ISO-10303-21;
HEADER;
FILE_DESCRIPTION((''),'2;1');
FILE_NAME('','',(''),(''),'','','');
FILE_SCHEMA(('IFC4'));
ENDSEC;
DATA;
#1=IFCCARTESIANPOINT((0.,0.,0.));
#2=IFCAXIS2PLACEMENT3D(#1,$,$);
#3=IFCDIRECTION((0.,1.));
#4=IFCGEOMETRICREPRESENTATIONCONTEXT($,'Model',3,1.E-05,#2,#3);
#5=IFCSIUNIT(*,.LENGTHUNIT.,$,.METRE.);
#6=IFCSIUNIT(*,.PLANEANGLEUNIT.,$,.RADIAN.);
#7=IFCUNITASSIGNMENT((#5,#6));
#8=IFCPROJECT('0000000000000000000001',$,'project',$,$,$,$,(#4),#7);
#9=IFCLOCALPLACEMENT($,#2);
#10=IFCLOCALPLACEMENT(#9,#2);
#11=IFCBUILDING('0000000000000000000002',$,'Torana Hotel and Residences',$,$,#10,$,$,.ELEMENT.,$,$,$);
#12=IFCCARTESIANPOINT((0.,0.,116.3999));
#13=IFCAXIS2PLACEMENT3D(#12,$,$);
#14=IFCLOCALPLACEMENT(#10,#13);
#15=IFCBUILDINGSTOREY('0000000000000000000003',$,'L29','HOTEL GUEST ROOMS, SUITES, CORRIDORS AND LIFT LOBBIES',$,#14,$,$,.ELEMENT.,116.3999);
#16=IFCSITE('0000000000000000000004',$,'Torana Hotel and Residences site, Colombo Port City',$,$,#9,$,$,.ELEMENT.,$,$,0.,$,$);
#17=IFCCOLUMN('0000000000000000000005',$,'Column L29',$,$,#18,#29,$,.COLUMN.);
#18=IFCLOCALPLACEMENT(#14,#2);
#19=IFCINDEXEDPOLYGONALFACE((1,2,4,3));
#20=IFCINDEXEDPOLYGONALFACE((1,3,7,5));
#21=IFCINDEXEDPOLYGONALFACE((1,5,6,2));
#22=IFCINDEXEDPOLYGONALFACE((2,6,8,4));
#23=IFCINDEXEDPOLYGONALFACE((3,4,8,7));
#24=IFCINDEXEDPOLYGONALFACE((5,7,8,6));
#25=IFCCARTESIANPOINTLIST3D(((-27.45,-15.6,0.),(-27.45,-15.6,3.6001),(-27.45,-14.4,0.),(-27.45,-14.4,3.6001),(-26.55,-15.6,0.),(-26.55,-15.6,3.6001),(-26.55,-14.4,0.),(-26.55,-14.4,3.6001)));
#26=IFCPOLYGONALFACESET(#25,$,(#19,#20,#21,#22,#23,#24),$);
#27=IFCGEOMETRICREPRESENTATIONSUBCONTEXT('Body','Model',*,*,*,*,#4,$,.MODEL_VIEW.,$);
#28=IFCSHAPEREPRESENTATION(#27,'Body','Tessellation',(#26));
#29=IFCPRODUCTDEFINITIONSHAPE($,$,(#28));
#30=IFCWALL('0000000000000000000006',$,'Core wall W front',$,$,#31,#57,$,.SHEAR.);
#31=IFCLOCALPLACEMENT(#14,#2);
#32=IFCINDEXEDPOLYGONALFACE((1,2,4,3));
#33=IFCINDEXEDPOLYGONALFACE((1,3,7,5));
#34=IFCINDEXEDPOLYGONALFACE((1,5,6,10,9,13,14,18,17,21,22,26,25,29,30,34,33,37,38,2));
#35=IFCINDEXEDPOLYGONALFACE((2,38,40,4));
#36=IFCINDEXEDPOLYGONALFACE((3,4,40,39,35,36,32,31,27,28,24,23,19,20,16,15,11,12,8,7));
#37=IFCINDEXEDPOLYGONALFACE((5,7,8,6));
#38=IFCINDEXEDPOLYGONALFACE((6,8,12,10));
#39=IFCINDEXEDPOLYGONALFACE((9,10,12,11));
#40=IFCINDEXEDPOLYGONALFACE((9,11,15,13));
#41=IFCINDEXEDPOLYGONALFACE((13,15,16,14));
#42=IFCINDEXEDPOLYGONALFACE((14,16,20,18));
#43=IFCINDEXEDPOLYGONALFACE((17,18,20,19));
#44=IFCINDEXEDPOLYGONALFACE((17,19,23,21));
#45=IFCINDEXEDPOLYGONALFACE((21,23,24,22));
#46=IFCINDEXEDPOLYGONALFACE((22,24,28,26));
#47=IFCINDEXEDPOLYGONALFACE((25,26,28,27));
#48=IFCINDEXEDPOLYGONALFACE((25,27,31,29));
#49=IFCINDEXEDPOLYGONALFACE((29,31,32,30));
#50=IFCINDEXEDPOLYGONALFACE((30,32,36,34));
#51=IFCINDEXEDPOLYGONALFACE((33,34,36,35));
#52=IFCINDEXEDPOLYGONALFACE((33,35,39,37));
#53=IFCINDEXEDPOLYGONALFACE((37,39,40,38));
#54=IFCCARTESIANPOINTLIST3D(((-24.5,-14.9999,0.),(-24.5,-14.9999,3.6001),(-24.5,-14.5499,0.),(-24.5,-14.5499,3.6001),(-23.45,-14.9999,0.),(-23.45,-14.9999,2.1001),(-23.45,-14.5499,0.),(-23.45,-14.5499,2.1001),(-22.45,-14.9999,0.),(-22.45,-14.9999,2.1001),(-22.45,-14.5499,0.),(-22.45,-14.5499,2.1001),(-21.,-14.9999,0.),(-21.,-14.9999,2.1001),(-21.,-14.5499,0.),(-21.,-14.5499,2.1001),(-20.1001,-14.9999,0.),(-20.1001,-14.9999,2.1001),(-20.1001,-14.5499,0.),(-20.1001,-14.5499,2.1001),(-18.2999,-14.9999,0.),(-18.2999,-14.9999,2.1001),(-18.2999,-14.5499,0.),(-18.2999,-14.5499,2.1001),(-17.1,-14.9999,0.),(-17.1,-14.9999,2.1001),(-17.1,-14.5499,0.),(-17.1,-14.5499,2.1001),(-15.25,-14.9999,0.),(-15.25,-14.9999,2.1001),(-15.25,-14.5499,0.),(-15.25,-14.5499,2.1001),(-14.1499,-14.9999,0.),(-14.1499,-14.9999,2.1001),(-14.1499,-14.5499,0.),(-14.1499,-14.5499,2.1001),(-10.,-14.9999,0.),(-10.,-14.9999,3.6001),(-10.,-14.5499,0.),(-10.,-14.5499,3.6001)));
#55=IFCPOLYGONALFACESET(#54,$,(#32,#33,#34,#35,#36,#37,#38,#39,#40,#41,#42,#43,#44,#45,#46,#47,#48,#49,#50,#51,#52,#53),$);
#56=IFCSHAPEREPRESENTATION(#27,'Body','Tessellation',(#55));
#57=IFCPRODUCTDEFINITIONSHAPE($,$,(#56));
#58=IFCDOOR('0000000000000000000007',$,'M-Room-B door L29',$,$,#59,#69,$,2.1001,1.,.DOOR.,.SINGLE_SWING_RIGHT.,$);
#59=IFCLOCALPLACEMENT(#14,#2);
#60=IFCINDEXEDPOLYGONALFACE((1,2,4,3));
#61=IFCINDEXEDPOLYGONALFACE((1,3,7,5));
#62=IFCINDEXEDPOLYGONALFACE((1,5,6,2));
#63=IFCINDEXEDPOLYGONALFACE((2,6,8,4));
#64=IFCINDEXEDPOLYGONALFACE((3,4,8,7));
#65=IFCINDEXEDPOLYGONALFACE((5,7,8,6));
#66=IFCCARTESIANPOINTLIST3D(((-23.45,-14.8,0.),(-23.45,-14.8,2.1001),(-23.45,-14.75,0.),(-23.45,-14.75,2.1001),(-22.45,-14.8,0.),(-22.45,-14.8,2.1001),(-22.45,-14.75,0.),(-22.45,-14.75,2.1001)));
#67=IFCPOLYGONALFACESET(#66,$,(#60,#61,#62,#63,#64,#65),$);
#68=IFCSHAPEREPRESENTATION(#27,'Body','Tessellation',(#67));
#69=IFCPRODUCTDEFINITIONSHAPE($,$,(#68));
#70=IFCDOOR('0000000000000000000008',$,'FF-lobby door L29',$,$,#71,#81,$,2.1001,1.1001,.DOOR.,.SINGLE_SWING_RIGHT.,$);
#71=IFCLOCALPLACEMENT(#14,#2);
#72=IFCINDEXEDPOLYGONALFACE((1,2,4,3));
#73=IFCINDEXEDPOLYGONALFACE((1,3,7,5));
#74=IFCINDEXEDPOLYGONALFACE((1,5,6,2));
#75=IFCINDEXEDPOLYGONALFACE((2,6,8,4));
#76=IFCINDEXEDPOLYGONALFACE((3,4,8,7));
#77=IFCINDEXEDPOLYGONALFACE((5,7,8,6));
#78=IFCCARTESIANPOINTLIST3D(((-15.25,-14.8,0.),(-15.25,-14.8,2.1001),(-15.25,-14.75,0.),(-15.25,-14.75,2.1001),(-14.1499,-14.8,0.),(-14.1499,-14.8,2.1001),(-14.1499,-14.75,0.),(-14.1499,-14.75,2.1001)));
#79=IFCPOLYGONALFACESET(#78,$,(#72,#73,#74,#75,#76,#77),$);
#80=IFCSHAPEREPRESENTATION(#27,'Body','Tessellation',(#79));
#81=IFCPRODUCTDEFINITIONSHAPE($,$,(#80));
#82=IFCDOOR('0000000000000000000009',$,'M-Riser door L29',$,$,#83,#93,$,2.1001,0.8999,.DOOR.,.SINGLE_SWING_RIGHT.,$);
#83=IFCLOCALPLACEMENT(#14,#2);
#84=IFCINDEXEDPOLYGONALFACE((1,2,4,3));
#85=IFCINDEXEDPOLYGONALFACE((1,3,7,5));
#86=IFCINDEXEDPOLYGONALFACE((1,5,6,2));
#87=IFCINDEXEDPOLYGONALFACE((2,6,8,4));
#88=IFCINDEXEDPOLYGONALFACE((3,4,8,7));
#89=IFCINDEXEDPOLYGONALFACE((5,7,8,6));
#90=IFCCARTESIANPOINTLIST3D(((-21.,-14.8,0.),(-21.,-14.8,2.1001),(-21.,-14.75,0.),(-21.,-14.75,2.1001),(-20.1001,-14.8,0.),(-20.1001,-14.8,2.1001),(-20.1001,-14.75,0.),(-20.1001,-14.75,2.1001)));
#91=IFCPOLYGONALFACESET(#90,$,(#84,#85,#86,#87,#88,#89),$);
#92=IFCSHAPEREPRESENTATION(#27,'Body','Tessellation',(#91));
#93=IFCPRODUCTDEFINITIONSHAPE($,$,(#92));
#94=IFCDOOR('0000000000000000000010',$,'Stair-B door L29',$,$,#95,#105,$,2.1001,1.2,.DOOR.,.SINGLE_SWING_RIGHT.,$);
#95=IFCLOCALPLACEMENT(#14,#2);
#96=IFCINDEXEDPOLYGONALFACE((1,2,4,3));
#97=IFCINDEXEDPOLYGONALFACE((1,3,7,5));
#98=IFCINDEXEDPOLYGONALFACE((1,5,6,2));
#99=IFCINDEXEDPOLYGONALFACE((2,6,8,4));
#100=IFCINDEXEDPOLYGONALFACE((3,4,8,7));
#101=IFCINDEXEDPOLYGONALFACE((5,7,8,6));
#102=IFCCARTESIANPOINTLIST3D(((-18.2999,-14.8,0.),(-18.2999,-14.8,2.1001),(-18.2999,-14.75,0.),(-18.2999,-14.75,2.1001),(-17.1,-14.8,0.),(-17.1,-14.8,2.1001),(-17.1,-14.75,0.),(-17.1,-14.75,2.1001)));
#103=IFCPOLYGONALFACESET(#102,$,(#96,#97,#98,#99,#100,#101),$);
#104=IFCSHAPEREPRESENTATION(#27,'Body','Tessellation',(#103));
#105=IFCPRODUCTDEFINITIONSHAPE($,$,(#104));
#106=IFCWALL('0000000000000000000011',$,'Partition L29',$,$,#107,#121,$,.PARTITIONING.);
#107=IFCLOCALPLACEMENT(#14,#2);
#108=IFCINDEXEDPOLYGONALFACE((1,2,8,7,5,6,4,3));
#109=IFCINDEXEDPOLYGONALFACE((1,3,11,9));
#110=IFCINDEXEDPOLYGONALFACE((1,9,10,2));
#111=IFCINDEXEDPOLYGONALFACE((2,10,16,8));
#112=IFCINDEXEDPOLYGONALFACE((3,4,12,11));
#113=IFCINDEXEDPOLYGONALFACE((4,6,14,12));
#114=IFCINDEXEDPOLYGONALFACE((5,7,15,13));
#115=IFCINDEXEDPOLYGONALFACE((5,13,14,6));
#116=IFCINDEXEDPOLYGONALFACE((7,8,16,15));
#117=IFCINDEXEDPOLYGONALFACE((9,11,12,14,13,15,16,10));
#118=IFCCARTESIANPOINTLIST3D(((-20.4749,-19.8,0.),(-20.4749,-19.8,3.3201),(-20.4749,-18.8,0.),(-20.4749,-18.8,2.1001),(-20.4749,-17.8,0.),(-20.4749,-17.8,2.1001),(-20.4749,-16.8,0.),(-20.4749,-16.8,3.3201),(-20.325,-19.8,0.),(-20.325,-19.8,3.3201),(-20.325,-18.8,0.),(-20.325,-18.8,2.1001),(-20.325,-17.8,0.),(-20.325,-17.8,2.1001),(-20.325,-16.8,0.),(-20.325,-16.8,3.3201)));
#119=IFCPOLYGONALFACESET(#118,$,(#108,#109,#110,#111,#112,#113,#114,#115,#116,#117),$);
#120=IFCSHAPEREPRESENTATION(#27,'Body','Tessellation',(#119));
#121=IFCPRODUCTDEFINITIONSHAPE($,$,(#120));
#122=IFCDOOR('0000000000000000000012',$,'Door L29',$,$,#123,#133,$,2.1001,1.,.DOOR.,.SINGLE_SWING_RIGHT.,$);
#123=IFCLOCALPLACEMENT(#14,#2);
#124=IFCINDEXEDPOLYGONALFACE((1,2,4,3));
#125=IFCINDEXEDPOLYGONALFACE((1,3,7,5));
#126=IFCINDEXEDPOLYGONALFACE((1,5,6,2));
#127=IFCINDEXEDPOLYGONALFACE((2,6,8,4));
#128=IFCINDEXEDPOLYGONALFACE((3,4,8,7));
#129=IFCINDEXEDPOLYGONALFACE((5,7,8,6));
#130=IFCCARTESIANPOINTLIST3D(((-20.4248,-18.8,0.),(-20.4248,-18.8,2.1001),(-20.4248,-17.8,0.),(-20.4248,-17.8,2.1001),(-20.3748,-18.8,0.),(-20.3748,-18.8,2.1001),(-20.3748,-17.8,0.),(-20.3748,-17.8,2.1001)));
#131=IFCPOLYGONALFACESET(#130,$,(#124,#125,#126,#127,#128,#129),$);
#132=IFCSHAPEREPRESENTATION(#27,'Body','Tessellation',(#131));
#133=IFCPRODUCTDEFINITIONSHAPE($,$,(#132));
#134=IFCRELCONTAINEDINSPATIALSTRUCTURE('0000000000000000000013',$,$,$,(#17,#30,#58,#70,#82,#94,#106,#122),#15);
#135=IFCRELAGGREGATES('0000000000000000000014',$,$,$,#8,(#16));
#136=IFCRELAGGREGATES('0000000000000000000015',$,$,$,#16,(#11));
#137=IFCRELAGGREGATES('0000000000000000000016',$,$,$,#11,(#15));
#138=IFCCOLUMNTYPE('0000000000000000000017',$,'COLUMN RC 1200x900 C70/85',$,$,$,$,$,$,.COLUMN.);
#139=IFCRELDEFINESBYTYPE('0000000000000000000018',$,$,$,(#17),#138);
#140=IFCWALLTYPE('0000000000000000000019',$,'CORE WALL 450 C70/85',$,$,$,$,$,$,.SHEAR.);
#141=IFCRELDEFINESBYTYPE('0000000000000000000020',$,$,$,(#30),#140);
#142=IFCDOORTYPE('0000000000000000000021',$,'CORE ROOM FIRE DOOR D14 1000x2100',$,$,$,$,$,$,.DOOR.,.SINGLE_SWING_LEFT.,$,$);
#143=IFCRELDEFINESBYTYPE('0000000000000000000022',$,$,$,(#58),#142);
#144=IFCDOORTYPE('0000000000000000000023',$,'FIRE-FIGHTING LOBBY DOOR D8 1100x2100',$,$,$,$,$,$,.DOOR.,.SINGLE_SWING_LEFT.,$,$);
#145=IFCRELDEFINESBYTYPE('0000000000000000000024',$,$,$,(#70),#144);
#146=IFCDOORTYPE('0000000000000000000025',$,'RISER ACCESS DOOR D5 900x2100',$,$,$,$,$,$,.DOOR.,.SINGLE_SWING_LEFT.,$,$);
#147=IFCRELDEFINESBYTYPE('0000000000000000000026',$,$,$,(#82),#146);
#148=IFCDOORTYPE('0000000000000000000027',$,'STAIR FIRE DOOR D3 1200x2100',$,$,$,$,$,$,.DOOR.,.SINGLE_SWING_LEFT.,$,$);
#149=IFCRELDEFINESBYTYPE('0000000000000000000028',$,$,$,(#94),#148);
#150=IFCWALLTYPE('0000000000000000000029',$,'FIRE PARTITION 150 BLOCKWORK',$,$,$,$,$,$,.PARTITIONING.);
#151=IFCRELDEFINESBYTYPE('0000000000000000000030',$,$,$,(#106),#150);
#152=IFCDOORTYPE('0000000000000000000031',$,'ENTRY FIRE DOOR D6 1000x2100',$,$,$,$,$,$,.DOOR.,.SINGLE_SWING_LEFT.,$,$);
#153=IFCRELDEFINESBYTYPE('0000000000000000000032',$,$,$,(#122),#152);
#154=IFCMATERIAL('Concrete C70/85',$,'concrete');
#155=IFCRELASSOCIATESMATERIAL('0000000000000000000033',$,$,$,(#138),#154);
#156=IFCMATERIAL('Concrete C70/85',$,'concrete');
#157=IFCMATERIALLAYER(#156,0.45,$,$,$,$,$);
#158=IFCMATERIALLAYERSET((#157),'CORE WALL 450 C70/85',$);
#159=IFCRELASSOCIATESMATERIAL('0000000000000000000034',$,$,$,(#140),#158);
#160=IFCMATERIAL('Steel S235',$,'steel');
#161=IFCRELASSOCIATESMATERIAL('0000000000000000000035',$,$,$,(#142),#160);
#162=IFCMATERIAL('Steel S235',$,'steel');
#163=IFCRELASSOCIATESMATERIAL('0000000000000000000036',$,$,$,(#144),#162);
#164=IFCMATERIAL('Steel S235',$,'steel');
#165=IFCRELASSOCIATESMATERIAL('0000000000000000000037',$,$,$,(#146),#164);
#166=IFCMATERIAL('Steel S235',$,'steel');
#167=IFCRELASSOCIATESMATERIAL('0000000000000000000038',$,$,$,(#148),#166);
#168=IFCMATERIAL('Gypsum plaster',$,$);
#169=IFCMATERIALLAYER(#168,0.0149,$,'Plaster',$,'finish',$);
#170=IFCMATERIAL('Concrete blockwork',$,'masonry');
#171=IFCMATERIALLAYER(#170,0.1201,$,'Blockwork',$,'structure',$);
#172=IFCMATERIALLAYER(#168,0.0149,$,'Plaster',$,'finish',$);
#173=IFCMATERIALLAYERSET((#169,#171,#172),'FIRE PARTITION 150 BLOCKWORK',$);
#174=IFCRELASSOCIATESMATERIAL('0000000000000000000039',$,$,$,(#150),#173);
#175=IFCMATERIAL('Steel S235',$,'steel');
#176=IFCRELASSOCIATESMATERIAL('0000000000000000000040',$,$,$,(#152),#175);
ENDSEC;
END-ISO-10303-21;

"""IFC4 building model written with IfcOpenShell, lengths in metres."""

from ifc_helpers import new_model, si_unit, direction, frame, frame_2d, origin, origin_2d, place, context, subcontext, project, spatial, rectangle, extrude, material, layer, layer_set, material_profile, profile_set, type_object, element, fill, save


model = new_model("IFC4")

# Units and contexts
model_context = context("Model", 3, precision=1e-05, world=origin(), true_north=direction((0.0, 1.0)))
body_context = subcontext(model_context, "Body", "Model", "MODEL_VIEW")
ifc_project = project(units=[si_unit("LENGTHUNIT", "METRE"), si_unit("PLANEANGLEUNIT", "RADIAN")], contexts=[model_context])

# Site, building, storey
site_placement = place(None, origin())
site = spatial("IfcSite", under=ifc_project, at=site_placement, Name="Torana Hotel and Residences site, Colombo Port City", CompositionType="ELEMENT", RefElevation=0.0)
building_placement = place(site_placement, origin())
building = spatial("IfcBuilding", under=site, at=building_placement, Name="Torana Hotel and Residences", CompositionType="ELEMENT")
storey_placement = place(building_placement, frame((0.0, 0.0, 116.3999)))
storey = spatial("IfcBuildingStorey", under=building, at=storey_placement, Name="L29", Description="HOTEL GUEST ROOMS, SUITES, CORRIDORS AND LIFT LOBBIES", CompositionType="ELEMENT", Elevation=116.3999)

# Column
ifc_material_1 = material(Name="Concrete C70/85", Category="concrete")
ifc_material_profile = material_profile(ifc_material_1, rectangle(XDim=1.2, YDim=0.8999, at=origin_2d()), Name="RC 1200x900")
ifc_profile_set = profile_set([ifc_material_profile], Name="Concrete C70/85")
column_type = type_object("IfcColumnType", Name="COLUMN RC 1200x900 C70/85", PredefinedType="COLUMN", material=ifc_profile_set)
column_placement = place(storey_placement, frame((-27.0, -15.0, 0.0), z_axis=(0.0, 0.0, 1.0), x_axis=(0.0, 1.0, 0.0)))
element("IfcColumn", 1, at=column_placement, inside=storey, type_object=column_type, Name="Column L29", PredefinedType="COLUMN", context=body_context, shape_type="SweptSolid", body=[
    extrude(rectangle(XDim=1.2, YDim=0.8999, at=origin_2d()), origin(), (0.0, 0.0, 1.0), 3.6001),
])

# Wall, openings, doors
ifc_material_2 = material(Name="Concrete C70/85", Category="concrete")
ifc_layer_1 = layer(ifc_material_2, 0.45)
ifc_layer_set_1 = layer_set([ifc_layer_1], Name="CORE WALL 450 C70/85")
wall_type_1 = type_object("IfcWallType", Name="CORE WALL 450 C70/85", PredefinedType="SHEAR", material=ifc_layer_set_1)
wall_1_placement = place(storey_placement, frame((-24.5, -14.7749, 0.0), z_axis=(0.0, 0.0, 1.0), x_axis=(1.0, 0.0, 0.0)))
wall_1 = element("IfcWall", 2, at=wall_1_placement, inside=storey, type_object=wall_type_1, Name="Core wall W front", PredefinedType="SHEAR", context=body_context, shape_type="SweptSolid", body=[
    extrude(rectangle(XDim=14.5, YDim=0.45, at=frame_2d((7.25, 0.0))), origin(), (0.0, 0.0, 1.0), 3.6001),
])
opening_1_placement = place(wall_1_placement, frame((6.2, 0.0, 0.0)))
opening_1 = element("IfcOpeningElement", 3, at=opening_1_placement, cuts=wall_1, PredefinedType="OPENING", context=body_context, shape_type="SweptSolid", body=[
    extrude(rectangle(XDim=1.2, YDim=2.1001, at=frame_2d((0.6001, 1.05))), frame((0.0, 0.2349, 0.0), z_axis=(0.0, -1.0, 0.0), x_axis=(1.0, 0.0, 0.0)), (0.0, 0.0, 1.0), 0.47),
])
opening_2_placement = place(wall_1_placement, frame((9.25, 0.0, 0.0)))
opening_2 = element("IfcOpeningElement", 4, at=opening_2_placement, cuts=wall_1, PredefinedType="OPENING", context=body_context, shape_type="SweptSolid", body=[
    extrude(rectangle(XDim=1.1001, YDim=2.1001, at=frame_2d((0.55, 1.05))), frame((0.0, 0.2349, 0.0), z_axis=(0.0, -1.0, 0.0), x_axis=(1.0, 0.0, 0.0)), (0.0, 0.0, 1.0), 0.47),
])
opening_3_placement = place(wall_1_placement, frame((3.5, 0.0, 0.0)))
opening_3 = element("IfcOpeningElement", 5, at=opening_3_placement, cuts=wall_1, PredefinedType="OPENING", context=body_context, shape_type="SweptSolid", body=[
    extrude(rectangle(XDim=0.8999, YDim=2.1001, at=frame_2d((0.45, 1.05))), frame((0.0, 0.2349, 0.0), z_axis=(0.0, -1.0, 0.0), x_axis=(1.0, 0.0, 0.0)), (0.0, 0.0, 1.0), 0.47),
])
opening_4_placement = place(wall_1_placement, frame((1.05, 0.0, 0.0)))
opening_4 = element("IfcOpeningElement", 6, at=opening_4_placement, cuts=wall_1, PredefinedType="OPENING", context=body_context, shape_type="SweptSolid", body=[
    extrude(rectangle(XDim=1.0, YDim=2.1001, at=frame_2d((0.5, 1.05))), frame((0.0, 0.2349, 0.0), z_axis=(0.0, -1.0, 0.0), x_axis=(1.0, 0.0, 0.0)), (0.0, 0.0, 1.0), 0.47),
])
ifc_material_3 = material(Name="Steel S235", Category="steel")
door_type_1 = type_object("IfcDoorType", Name="CORE ROOM FIRE DOOR D14 1000x2100", OperationType="SINGLE_SWING_LEFT", PredefinedType="DOOR", material=ifc_material_3)
door_1_placement = place(opening_4_placement, origin())
door_1 = element("IfcDoor", 7, at=door_1_placement, inside=storey, type_object=door_type_1, Name="M-Room-B door L29", OperationType="SINGLE_SWING_RIGHT", OverallHeight=2.1001, OverallWidth=1.0, PredefinedType="DOOR", context=body_context, shape_type="SweptSolid", body=[
    extrude(rectangle(XDim=1.0, YDim=2.1001, at=frame_2d((0.5, 1.05))), frame((0.0, 0.0249, 0.0), z_axis=(0.0, -1.0, 0.0), x_axis=(1.0, 0.0, 0.0)), (0.0, 0.0, 1.0), 0.05),
])
fill(opening_4, door_1)
ifc_material_4 = material(Name="Steel S235", Category="steel")
door_type_2 = type_object("IfcDoorType", Name="FIRE-FIGHTING LOBBY DOOR D8 1100x2100", OperationType="SINGLE_SWING_LEFT", PredefinedType="DOOR", material=ifc_material_4)
door_2_placement = place(opening_2_placement, origin())
door_2 = element("IfcDoor", 8, at=door_2_placement, inside=storey, type_object=door_type_2, Name="FF-lobby door L29", OperationType="SINGLE_SWING_RIGHT", OverallHeight=2.1001, OverallWidth=1.1001, PredefinedType="DOOR", context=body_context, shape_type="SweptSolid", body=[
    extrude(rectangle(XDim=1.1001, YDim=2.1001, at=frame_2d((0.55, 1.05))), frame((0.0, 0.0249, 0.0), z_axis=(0.0, -1.0, 0.0), x_axis=(1.0, 0.0, 0.0)), (0.0, 0.0, 1.0), 0.05),
])
fill(opening_2, door_2)
ifc_material_5 = material(Name="Steel S235", Category="steel")
door_type_3 = type_object("IfcDoorType", Name="RISER ACCESS DOOR D5 900x2100", OperationType="SINGLE_SWING_LEFT", PredefinedType="DOOR", material=ifc_material_5)
door_3_placement = place(opening_3_placement, origin())
door_3 = element("IfcDoor", 9, at=door_3_placement, inside=storey, type_object=door_type_3, Name="M-Riser door L29", OperationType="SINGLE_SWING_RIGHT", OverallHeight=2.1001, OverallWidth=0.8999, PredefinedType="DOOR", context=body_context, shape_type="SweptSolid", body=[
    extrude(rectangle(XDim=0.8999, YDim=2.1001, at=frame_2d((0.45, 1.05))), frame((0.0, 0.0249, 0.0), z_axis=(0.0, -1.0, 0.0), x_axis=(1.0, 0.0, 0.0)), (0.0, 0.0, 1.0), 0.05),
])
fill(opening_3, door_3)
ifc_material_6 = material(Name="Steel S235", Category="steel")
door_type_4 = type_object("IfcDoorType", Name="STAIR FIRE DOOR D3 1200x2100", OperationType="SINGLE_SWING_LEFT", PredefinedType="DOOR", material=ifc_material_6)
door_4_placement = place(opening_1_placement, origin())
door_4 = element("IfcDoor", 10, at=door_4_placement, inside=storey, type_object=door_type_4, Name="Stair-B door L29", OperationType="SINGLE_SWING_RIGHT", OverallHeight=2.1001, OverallWidth=1.2, PredefinedType="DOOR", context=body_context, shape_type="SweptSolid", body=[
    extrude(rectangle(XDim=1.2, YDim=2.1001, at=frame_2d((0.6001, 1.05))), frame((0.0, 0.0249, 0.0), z_axis=(0.0, -1.0, 0.0), x_axis=(1.0, 0.0, 0.0)), (0.0, 0.0, 1.0), 0.05),
])
fill(opening_1, door_4)

# Wall, opening, door
ifc_material_7 = material(Name="Gypsum plaster")
ifc_layer_2 = layer(ifc_material_7, 0.0149, Name="Plaster", Category="finish")
ifc_material_8 = material(Name="Concrete blockwork", Category="masonry")
ifc_layer_3 = layer(ifc_material_8, 0.1201, Name="Blockwork", Category="structure")
ifc_layer_4 = layer(ifc_material_7, 0.0149, Name="Plaster", Category="finish")
ifc_layer_set_2 = layer_set([ifc_layer_2, ifc_layer_3, ifc_layer_4], Name="FIRE PARTITION 150 BLOCKWORK")
wall_type_2 = type_object("IfcWallType", Name="FIRE PARTITION 150 BLOCKWORK", PredefinedType="PARTITIONING", material=ifc_layer_set_2)
wall_2_placement = place(storey_placement, frame((-20.3999, -19.8, 0.0), z_axis=(0.0, 0.0, 1.0), x_axis=(0.0, 1.0, 0.0)))
wall_2 = element("IfcWall", 11, at=wall_2_placement, inside=storey, type_object=wall_type_2, Name="Partition L29", PredefinedType="PARTITIONING", context=body_context, shape_type="SweptSolid", body=[
    extrude(rectangle(XDim=3.0, YDim=0.1499, at=frame_2d((1.5, 0.0))), origin(), (0.0, 0.0, 1.0), 3.3201),
])
opening_5_placement = place(wall_2_placement, frame((1.0, 0.0, 0.0)))
opening_5 = element("IfcOpeningElement", 12, at=opening_5_placement, cuts=wall_2, PredefinedType="OPENING", context=body_context, shape_type="SweptSolid", body=[
    extrude(rectangle(XDim=1.0, YDim=2.1001, at=frame_2d((0.5, 1.05))), frame((0.0, 0.085, 0.0), z_axis=(0.0, -1.0, 0.0), x_axis=(1.0, 0.0, 0.0)), (0.0, 0.0, 1.0), 0.1699),
])
ifc_material_9 = material(Name="Steel S235", Category="steel")
door_type_5 = type_object("IfcDoorType", Name="ENTRY FIRE DOOR D6 1000x2100", OperationType="SINGLE_SWING_LEFT", PredefinedType="DOOR", material=ifc_material_9)
door_5_placement = place(opening_5_placement, origin())
door_5 = element("IfcDoor", 13, at=door_5_placement, inside=storey, type_object=door_type_5, Name="Door L29", OperationType="SINGLE_SWING_RIGHT", OverallHeight=2.1001, OverallWidth=1.0, PredefinedType="DOOR", context=body_context, shape_type="SweptSolid", body=[
    extrude(rectangle(XDim=1.0, YDim=2.1001, at=frame_2d((0.5, 1.05))), frame((0.0, 0.0249, 0.0), z_axis=(0.0, -1.0, 0.0), x_axis=(1.0, 0.0, 0.0)), (0.0, 0.0, 1.0), 0.05),
])
fill(opening_5, door_5)

save(model, "model.ifc")
